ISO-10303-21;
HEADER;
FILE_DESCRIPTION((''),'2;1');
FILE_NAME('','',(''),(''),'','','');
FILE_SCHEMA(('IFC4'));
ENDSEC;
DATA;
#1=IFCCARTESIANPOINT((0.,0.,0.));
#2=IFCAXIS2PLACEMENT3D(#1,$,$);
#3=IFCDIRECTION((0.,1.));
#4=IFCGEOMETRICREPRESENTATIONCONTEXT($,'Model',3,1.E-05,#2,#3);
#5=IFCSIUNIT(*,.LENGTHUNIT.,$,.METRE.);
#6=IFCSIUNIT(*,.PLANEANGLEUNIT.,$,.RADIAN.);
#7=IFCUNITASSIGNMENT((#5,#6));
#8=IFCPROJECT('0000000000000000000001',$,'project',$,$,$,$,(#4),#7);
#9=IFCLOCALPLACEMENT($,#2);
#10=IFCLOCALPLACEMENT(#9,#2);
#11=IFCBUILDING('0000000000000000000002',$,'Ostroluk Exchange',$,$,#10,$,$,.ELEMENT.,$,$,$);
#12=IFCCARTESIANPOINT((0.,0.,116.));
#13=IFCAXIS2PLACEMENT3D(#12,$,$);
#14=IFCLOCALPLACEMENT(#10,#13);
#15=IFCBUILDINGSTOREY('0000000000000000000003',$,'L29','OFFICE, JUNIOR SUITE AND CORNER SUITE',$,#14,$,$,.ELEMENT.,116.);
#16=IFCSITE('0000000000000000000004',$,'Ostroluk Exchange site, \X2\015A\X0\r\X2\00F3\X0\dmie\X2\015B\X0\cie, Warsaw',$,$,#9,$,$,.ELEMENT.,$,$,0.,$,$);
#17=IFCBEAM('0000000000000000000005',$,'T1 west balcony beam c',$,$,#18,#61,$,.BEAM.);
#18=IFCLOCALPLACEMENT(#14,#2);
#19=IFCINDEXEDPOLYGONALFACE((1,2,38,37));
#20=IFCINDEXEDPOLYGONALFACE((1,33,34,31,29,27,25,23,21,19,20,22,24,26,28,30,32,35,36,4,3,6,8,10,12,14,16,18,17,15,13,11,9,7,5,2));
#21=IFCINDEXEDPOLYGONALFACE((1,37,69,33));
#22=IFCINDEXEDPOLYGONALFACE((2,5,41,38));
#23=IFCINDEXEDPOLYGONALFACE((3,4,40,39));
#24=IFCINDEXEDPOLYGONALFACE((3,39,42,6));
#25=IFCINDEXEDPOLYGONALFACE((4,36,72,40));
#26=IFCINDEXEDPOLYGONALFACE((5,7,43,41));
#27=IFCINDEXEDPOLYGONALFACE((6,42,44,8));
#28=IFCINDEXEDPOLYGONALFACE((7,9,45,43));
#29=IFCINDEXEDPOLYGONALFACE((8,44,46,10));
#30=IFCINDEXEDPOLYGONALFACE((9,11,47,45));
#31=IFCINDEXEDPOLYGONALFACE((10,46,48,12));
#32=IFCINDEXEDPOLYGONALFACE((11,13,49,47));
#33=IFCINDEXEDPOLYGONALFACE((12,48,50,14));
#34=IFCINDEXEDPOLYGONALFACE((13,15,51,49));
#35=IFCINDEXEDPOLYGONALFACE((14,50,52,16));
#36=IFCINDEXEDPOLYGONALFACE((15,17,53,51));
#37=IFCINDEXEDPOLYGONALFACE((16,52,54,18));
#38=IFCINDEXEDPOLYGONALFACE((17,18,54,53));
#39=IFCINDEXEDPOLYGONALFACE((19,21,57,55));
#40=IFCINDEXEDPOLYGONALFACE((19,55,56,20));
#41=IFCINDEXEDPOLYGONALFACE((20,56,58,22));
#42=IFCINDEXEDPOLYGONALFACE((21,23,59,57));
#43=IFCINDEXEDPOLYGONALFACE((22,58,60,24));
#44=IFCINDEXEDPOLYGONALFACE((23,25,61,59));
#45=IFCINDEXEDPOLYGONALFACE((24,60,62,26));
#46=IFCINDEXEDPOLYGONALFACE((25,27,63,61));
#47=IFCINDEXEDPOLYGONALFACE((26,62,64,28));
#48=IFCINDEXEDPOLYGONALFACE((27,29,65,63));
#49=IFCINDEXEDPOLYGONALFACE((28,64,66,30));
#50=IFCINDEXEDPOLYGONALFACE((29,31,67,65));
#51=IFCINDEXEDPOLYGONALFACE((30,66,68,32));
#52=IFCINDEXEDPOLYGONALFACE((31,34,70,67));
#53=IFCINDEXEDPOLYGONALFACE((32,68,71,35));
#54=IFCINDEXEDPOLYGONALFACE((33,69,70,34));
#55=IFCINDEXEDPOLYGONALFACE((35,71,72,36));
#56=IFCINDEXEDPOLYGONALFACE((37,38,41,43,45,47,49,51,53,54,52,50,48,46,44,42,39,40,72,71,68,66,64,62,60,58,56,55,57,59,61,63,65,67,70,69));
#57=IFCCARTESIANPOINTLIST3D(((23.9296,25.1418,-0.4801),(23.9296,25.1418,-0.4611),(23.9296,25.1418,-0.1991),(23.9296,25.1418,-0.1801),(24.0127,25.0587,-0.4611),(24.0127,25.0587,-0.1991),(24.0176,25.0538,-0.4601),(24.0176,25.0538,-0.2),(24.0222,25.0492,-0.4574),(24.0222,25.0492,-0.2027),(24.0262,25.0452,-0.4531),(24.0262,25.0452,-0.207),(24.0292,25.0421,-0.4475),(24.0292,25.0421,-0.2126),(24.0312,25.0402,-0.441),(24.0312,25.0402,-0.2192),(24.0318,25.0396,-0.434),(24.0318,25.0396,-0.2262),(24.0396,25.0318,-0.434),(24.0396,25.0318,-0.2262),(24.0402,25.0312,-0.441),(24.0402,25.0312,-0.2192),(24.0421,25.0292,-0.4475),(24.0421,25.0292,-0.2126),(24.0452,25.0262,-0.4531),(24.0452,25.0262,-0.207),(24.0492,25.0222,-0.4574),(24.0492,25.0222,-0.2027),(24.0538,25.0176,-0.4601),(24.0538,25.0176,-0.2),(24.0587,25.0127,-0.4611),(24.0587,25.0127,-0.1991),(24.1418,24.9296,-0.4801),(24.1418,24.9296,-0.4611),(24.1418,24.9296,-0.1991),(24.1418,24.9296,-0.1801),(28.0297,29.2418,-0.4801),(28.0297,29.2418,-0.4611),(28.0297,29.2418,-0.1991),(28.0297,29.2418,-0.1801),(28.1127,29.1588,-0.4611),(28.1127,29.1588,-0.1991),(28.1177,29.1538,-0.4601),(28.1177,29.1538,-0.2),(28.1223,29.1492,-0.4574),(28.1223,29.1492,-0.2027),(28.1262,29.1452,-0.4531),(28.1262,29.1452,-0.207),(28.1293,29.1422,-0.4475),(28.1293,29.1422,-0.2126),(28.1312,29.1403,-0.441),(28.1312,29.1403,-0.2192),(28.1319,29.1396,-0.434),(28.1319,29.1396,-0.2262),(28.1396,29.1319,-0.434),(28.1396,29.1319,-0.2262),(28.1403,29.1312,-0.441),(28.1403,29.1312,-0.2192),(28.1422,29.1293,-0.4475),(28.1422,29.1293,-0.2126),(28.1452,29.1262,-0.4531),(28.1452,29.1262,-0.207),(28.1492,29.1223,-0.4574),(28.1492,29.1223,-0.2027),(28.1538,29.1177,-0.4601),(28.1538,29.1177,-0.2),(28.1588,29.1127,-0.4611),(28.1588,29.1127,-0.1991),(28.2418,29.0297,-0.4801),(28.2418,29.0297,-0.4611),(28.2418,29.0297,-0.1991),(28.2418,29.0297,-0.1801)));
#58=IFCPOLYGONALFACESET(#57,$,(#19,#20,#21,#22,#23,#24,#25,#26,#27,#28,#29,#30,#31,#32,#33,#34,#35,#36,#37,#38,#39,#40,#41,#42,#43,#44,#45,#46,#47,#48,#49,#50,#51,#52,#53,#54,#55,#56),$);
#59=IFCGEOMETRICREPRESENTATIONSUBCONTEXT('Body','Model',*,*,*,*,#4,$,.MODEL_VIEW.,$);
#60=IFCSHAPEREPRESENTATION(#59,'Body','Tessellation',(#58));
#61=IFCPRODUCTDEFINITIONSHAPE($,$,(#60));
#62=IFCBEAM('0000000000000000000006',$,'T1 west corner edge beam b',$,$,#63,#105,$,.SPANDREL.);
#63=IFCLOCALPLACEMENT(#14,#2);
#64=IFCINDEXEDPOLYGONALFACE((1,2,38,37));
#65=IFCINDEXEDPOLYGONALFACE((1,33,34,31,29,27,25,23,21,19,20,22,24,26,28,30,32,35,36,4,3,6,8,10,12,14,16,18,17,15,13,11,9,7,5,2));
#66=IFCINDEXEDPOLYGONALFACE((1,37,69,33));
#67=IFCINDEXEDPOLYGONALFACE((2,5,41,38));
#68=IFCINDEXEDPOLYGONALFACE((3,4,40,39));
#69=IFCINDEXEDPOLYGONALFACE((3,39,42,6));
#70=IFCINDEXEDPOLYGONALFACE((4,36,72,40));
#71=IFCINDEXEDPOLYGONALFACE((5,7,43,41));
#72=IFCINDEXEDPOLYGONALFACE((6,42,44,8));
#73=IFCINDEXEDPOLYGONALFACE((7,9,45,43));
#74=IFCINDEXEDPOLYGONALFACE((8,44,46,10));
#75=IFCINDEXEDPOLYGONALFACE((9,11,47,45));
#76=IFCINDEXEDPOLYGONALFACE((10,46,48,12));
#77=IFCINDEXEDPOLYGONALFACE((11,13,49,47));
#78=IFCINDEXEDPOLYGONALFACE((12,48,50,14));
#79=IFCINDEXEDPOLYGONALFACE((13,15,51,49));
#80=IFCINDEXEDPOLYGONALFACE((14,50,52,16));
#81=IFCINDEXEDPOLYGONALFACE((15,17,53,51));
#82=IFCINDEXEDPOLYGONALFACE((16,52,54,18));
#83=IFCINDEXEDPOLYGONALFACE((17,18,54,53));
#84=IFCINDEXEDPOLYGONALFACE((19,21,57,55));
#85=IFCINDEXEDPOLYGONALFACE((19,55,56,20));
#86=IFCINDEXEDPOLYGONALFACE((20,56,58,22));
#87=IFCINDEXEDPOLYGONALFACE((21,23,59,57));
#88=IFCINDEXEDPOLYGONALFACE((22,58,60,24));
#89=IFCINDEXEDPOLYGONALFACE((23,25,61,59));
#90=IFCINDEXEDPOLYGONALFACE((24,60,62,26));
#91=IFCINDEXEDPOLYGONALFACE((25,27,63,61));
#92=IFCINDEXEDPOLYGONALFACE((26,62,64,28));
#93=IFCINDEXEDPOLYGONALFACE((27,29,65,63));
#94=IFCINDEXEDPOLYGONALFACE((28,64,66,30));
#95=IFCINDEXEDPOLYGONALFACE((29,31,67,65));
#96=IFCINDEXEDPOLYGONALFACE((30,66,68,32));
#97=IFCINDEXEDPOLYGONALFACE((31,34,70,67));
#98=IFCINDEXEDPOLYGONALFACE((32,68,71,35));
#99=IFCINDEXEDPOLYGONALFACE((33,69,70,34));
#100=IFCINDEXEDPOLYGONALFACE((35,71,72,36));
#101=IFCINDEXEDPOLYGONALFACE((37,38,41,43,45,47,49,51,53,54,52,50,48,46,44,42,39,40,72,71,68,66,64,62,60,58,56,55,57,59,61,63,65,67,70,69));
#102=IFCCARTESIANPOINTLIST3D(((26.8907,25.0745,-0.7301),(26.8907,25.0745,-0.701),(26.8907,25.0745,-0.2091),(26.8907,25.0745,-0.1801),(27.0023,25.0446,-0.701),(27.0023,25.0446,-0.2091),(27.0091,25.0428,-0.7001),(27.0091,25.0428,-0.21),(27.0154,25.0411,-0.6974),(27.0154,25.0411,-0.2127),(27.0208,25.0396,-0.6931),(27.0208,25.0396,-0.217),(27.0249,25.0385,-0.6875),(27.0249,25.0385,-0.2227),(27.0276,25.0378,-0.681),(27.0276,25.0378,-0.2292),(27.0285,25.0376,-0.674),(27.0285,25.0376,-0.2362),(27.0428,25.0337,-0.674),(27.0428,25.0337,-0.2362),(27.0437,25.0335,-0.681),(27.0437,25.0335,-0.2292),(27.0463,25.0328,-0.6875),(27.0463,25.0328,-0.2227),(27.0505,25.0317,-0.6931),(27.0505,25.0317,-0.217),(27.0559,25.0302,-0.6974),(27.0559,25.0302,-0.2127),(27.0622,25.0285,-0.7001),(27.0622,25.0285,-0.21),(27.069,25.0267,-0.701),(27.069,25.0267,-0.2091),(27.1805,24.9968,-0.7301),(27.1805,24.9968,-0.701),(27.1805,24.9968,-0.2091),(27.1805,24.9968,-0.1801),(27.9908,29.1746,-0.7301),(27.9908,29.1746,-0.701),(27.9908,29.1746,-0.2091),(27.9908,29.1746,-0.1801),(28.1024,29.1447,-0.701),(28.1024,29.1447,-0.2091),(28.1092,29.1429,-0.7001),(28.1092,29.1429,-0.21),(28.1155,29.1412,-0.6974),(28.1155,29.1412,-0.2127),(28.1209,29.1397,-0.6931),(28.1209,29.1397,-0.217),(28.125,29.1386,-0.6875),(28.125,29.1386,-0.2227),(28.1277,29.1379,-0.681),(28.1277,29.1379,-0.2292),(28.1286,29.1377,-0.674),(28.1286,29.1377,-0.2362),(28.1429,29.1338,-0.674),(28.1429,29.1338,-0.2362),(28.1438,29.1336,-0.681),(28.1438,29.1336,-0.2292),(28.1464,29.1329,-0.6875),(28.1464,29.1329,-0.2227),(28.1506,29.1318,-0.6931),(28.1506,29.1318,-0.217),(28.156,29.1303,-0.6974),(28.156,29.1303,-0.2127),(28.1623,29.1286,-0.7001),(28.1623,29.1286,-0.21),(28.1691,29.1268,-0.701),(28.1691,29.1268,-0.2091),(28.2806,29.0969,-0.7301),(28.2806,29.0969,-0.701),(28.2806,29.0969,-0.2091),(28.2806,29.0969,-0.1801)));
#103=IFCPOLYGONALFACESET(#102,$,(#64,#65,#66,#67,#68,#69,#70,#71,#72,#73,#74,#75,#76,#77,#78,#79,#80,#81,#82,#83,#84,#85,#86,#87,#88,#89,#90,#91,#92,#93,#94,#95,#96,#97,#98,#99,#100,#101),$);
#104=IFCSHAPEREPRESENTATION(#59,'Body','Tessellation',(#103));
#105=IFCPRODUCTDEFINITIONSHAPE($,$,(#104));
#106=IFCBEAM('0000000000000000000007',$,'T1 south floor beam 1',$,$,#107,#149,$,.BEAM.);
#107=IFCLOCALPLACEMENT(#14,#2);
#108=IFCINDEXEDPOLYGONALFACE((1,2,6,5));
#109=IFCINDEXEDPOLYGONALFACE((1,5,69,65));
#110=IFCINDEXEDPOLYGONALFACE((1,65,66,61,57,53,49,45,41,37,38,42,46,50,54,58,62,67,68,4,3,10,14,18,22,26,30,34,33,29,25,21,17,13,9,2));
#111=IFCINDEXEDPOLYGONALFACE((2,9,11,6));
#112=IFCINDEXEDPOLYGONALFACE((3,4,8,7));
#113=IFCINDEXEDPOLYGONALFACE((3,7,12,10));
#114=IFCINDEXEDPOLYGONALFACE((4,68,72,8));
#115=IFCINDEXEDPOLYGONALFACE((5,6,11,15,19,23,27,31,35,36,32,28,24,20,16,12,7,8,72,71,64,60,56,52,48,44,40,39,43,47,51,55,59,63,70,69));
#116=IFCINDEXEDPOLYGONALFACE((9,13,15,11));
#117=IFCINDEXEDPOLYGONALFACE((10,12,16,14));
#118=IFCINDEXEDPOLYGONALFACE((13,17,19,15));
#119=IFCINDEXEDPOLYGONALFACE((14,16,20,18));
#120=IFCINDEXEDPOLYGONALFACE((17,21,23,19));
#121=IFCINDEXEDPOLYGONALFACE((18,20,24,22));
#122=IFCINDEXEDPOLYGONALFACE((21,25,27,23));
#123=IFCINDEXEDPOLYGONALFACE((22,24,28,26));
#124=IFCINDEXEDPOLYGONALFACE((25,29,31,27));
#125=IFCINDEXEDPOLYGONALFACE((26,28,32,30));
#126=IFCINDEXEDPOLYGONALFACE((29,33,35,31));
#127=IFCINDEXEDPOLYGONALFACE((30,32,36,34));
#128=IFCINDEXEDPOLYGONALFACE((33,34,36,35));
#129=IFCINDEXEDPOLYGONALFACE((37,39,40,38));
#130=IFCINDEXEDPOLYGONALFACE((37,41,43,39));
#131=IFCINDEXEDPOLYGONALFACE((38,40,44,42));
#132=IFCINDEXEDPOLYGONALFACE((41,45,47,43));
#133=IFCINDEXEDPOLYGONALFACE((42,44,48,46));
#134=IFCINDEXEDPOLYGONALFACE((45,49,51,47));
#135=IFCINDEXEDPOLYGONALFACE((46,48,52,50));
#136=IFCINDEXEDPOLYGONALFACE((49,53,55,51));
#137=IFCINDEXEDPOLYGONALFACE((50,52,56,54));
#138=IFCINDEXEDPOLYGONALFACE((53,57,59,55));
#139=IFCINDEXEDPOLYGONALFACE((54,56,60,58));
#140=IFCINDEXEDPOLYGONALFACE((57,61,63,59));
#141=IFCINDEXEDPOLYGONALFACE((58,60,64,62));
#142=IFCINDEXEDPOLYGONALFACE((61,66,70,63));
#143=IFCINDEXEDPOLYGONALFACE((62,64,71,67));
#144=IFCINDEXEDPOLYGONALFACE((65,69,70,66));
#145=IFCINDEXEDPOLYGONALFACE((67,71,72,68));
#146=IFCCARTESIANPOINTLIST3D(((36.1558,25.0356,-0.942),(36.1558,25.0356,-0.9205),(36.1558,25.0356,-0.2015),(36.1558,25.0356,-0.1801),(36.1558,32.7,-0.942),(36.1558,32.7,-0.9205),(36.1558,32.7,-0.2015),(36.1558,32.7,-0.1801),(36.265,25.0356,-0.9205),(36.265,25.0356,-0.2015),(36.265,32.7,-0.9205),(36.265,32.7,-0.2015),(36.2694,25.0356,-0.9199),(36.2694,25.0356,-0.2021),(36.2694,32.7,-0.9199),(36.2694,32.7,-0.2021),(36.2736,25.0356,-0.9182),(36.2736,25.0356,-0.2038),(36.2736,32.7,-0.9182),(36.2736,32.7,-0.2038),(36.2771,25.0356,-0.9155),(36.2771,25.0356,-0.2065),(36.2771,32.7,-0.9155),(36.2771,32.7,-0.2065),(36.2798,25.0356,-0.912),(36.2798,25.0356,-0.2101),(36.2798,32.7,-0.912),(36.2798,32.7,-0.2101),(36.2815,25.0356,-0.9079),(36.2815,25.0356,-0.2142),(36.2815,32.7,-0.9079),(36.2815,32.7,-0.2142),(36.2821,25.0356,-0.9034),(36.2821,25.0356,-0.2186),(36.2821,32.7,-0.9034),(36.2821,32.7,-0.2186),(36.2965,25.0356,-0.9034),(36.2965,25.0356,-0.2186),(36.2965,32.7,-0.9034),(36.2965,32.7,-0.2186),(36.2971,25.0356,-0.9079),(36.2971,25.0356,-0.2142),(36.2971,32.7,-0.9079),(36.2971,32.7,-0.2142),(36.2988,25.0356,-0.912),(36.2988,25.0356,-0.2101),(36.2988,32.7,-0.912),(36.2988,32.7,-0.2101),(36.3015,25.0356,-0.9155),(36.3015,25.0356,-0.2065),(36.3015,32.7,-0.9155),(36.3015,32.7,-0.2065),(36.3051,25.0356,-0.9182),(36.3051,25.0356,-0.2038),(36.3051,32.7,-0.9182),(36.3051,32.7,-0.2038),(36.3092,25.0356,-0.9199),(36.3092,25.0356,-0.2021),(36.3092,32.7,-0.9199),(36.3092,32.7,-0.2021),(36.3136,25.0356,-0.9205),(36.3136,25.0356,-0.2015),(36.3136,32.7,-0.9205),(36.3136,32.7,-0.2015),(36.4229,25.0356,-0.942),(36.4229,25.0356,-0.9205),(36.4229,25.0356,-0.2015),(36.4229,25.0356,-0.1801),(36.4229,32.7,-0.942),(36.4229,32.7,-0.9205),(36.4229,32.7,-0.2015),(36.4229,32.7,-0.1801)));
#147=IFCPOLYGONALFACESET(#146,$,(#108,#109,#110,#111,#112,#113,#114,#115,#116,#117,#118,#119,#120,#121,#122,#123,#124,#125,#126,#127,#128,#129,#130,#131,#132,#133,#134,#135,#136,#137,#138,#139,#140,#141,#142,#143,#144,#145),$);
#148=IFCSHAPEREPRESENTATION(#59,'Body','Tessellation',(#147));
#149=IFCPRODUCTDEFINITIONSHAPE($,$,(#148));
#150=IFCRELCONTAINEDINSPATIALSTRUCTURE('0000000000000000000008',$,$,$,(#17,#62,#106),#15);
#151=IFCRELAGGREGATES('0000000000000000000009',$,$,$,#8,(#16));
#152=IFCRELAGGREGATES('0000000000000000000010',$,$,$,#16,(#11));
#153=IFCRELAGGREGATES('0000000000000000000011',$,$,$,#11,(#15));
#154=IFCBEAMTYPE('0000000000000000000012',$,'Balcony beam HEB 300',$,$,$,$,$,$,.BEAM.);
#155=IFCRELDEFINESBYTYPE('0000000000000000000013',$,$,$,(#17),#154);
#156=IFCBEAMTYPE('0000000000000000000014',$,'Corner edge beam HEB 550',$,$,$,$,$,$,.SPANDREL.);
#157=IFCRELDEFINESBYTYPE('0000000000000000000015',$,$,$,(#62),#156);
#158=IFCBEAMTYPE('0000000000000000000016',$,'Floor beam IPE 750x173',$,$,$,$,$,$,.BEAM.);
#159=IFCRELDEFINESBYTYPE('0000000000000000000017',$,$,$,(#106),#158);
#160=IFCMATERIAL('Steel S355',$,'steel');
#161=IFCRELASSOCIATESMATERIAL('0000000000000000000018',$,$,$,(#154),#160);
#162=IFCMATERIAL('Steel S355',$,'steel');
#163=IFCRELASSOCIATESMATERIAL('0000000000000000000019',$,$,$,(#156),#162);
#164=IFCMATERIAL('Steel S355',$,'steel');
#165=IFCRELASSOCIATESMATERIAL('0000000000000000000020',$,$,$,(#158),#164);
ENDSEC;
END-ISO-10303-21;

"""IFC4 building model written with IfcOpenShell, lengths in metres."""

from ifc_helpers import new_model, si_unit, direction, frame, origin, origin_2d, place, context, subcontext, project, spatial, i_section, extrude, material, material_profile, profile_set, type_object, element, save


model = new_model("IFC4")

# Units and contexts
model_context = context("Model", 3, precision=1e-05, world=origin(), true_north=direction((0.0, 1.0)))
body_context = subcontext(model_context, "Body", "Model", "MODEL_VIEW")
ifc_project = project(units=[si_unit("LENGTHUNIT", "METRE"), si_unit("PLANEANGLEUNIT", "RADIAN")], contexts=[model_context])

# Site, building, storey
site_placement = place(None, origin())
site = spatial("IfcSite", under=ifc_project, at=site_placement, Name="Ostroluk Exchange site, Śródmieście, Warsaw", CompositionType="ELEMENT", RefElevation=0.0)
building_placement = place(site_placement, origin())
building = spatial("IfcBuilding", under=site, at=building_placement, Name="Ostroluk Exchange", CompositionType="ELEMENT")
storey_placement = place(building_placement, frame((0.0, 0.0, 116.0)))
storey = spatial("IfcBuildingStorey", under=building, at=storey_placement, Name="L29", Description="OFFICE, JUNIOR SUITE AND CORNER SUITE", CompositionType="ELEMENT", Elevation=116.0)

# Beams
ifc_material_1 = material(Name="Steel S355", Category="steel")
ifc_material_profile_1 = material_profile(ifc_material_1, i_section(OverallWidth=0.3, OverallDepth=0.3, WebThickness=0.011, FlangeThickness=0.019, FilletRadius=0.0271, at=origin_2d()), Name="HEB 300")
ifc_profile_set_1 = profile_set([ifc_material_profile_1], Name="Steel S355")
beam_type_1 = type_object("IfcBeamType", Name="Balcony beam HEB 300", PredefinedType="BEAM", material=ifc_profile_set_1)
beam_1_placement = place(storey_placement, frame((28.1357, 29.1357, -0.3301), z_axis=(-0.707107, -0.707107, 0.0), x_axis=(0.707107, -0.707107, 0.0)))
element("IfcBeam", 1, at=beam_1_placement, inside=storey, type_object=beam_type_1, Name="T1 west balcony beam c", PredefinedType="BEAM", context=body_context, shape_type="SweptSolid", body=[
    extrude(i_section(OverallWidth=0.3, OverallDepth=0.3, WebThickness=0.011, FlangeThickness=0.019, FilletRadius=0.0271, at=origin_2d()), origin(), (0.0, 0.0, 1.0), 5.7983),
])
ifc_material_2 = material(Name="Steel S355", Category="steel")
ifc_material_profile_2 = material_profile(ifc_material_2, i_section(OverallWidth=0.3, OverallDepth=0.55, WebThickness=0.0149, FlangeThickness=0.0291, FilletRadius=0.0271, at=origin_2d()), Name="HEB 550")
ifc_profile_set_2 = profile_set([ifc_material_profile_2], Name="Steel S355")
beam_type_2 = type_object("IfcBeamType", Name="Corner edge beam HEB 550", PredefinedType="SPANDREL", material=ifc_profile_set_2)
beam_2_placement = place(storey_placement, frame((28.1357, 29.1357, -0.4551), z_axis=(-0.259144, -0.965839, 0.0), x_axis=(0.965839, -0.259144, 0.0)))
element("IfcBeam", 2, at=beam_2_placement, inside=storey, type_object=beam_type_2, Name="T1 west corner edge beam b", PredefinedType="SPANDREL", context=body_context, shape_type="SweptSolid", body=[
    extrude(i_section(OverallWidth=0.3, OverallDepth=0.55, WebThickness=0.0149, FlangeThickness=0.0291, FilletRadius=0.0271, at=origin_2d()), origin(), (0.0, 0.0, 1.0), 4.2451),
])
ifc_material_3 = material(Name="Steel S355", Category="steel")
ifc_material_profile_3 = material_profile(ifc_material_3, i_section(OverallWidth=0.2671, OverallDepth=0.762, WebThickness=0.0144, FlangeThickness=0.0215, FilletRadius=0.0171, at=origin_2d()), Name="IPE 750x173")
ifc_profile_set_3 = profile_set([ifc_material_profile_3], Name="Steel S355")
beam_type_3 = type_object("IfcBeamType", Name="Floor beam IPE 750x173", PredefinedType="BEAM", material=ifc_profile_set_3)
beam_3_placement = place(storey_placement, frame((36.2893, 32.7, -0.561), z_axis=(0.0, -1.0, 0.0), x_axis=(1.0, 0.0, 0.0)))
element("IfcBeam", 3, at=beam_3_placement, inside=storey, type_object=beam_type_3, Name="T1 south floor beam 1", PredefinedType="BEAM", context=body_context, shape_type="SweptSolid", body=[
    extrude(i_section(OverallWidth=0.2671, OverallDepth=0.762, WebThickness=0.0144, FlangeThickness=0.0215, FilletRadius=0.0171, at=origin_2d()), origin(), (0.0, 0.0, 1.0), 7.6643),
])

save(model, "model.ifc")
